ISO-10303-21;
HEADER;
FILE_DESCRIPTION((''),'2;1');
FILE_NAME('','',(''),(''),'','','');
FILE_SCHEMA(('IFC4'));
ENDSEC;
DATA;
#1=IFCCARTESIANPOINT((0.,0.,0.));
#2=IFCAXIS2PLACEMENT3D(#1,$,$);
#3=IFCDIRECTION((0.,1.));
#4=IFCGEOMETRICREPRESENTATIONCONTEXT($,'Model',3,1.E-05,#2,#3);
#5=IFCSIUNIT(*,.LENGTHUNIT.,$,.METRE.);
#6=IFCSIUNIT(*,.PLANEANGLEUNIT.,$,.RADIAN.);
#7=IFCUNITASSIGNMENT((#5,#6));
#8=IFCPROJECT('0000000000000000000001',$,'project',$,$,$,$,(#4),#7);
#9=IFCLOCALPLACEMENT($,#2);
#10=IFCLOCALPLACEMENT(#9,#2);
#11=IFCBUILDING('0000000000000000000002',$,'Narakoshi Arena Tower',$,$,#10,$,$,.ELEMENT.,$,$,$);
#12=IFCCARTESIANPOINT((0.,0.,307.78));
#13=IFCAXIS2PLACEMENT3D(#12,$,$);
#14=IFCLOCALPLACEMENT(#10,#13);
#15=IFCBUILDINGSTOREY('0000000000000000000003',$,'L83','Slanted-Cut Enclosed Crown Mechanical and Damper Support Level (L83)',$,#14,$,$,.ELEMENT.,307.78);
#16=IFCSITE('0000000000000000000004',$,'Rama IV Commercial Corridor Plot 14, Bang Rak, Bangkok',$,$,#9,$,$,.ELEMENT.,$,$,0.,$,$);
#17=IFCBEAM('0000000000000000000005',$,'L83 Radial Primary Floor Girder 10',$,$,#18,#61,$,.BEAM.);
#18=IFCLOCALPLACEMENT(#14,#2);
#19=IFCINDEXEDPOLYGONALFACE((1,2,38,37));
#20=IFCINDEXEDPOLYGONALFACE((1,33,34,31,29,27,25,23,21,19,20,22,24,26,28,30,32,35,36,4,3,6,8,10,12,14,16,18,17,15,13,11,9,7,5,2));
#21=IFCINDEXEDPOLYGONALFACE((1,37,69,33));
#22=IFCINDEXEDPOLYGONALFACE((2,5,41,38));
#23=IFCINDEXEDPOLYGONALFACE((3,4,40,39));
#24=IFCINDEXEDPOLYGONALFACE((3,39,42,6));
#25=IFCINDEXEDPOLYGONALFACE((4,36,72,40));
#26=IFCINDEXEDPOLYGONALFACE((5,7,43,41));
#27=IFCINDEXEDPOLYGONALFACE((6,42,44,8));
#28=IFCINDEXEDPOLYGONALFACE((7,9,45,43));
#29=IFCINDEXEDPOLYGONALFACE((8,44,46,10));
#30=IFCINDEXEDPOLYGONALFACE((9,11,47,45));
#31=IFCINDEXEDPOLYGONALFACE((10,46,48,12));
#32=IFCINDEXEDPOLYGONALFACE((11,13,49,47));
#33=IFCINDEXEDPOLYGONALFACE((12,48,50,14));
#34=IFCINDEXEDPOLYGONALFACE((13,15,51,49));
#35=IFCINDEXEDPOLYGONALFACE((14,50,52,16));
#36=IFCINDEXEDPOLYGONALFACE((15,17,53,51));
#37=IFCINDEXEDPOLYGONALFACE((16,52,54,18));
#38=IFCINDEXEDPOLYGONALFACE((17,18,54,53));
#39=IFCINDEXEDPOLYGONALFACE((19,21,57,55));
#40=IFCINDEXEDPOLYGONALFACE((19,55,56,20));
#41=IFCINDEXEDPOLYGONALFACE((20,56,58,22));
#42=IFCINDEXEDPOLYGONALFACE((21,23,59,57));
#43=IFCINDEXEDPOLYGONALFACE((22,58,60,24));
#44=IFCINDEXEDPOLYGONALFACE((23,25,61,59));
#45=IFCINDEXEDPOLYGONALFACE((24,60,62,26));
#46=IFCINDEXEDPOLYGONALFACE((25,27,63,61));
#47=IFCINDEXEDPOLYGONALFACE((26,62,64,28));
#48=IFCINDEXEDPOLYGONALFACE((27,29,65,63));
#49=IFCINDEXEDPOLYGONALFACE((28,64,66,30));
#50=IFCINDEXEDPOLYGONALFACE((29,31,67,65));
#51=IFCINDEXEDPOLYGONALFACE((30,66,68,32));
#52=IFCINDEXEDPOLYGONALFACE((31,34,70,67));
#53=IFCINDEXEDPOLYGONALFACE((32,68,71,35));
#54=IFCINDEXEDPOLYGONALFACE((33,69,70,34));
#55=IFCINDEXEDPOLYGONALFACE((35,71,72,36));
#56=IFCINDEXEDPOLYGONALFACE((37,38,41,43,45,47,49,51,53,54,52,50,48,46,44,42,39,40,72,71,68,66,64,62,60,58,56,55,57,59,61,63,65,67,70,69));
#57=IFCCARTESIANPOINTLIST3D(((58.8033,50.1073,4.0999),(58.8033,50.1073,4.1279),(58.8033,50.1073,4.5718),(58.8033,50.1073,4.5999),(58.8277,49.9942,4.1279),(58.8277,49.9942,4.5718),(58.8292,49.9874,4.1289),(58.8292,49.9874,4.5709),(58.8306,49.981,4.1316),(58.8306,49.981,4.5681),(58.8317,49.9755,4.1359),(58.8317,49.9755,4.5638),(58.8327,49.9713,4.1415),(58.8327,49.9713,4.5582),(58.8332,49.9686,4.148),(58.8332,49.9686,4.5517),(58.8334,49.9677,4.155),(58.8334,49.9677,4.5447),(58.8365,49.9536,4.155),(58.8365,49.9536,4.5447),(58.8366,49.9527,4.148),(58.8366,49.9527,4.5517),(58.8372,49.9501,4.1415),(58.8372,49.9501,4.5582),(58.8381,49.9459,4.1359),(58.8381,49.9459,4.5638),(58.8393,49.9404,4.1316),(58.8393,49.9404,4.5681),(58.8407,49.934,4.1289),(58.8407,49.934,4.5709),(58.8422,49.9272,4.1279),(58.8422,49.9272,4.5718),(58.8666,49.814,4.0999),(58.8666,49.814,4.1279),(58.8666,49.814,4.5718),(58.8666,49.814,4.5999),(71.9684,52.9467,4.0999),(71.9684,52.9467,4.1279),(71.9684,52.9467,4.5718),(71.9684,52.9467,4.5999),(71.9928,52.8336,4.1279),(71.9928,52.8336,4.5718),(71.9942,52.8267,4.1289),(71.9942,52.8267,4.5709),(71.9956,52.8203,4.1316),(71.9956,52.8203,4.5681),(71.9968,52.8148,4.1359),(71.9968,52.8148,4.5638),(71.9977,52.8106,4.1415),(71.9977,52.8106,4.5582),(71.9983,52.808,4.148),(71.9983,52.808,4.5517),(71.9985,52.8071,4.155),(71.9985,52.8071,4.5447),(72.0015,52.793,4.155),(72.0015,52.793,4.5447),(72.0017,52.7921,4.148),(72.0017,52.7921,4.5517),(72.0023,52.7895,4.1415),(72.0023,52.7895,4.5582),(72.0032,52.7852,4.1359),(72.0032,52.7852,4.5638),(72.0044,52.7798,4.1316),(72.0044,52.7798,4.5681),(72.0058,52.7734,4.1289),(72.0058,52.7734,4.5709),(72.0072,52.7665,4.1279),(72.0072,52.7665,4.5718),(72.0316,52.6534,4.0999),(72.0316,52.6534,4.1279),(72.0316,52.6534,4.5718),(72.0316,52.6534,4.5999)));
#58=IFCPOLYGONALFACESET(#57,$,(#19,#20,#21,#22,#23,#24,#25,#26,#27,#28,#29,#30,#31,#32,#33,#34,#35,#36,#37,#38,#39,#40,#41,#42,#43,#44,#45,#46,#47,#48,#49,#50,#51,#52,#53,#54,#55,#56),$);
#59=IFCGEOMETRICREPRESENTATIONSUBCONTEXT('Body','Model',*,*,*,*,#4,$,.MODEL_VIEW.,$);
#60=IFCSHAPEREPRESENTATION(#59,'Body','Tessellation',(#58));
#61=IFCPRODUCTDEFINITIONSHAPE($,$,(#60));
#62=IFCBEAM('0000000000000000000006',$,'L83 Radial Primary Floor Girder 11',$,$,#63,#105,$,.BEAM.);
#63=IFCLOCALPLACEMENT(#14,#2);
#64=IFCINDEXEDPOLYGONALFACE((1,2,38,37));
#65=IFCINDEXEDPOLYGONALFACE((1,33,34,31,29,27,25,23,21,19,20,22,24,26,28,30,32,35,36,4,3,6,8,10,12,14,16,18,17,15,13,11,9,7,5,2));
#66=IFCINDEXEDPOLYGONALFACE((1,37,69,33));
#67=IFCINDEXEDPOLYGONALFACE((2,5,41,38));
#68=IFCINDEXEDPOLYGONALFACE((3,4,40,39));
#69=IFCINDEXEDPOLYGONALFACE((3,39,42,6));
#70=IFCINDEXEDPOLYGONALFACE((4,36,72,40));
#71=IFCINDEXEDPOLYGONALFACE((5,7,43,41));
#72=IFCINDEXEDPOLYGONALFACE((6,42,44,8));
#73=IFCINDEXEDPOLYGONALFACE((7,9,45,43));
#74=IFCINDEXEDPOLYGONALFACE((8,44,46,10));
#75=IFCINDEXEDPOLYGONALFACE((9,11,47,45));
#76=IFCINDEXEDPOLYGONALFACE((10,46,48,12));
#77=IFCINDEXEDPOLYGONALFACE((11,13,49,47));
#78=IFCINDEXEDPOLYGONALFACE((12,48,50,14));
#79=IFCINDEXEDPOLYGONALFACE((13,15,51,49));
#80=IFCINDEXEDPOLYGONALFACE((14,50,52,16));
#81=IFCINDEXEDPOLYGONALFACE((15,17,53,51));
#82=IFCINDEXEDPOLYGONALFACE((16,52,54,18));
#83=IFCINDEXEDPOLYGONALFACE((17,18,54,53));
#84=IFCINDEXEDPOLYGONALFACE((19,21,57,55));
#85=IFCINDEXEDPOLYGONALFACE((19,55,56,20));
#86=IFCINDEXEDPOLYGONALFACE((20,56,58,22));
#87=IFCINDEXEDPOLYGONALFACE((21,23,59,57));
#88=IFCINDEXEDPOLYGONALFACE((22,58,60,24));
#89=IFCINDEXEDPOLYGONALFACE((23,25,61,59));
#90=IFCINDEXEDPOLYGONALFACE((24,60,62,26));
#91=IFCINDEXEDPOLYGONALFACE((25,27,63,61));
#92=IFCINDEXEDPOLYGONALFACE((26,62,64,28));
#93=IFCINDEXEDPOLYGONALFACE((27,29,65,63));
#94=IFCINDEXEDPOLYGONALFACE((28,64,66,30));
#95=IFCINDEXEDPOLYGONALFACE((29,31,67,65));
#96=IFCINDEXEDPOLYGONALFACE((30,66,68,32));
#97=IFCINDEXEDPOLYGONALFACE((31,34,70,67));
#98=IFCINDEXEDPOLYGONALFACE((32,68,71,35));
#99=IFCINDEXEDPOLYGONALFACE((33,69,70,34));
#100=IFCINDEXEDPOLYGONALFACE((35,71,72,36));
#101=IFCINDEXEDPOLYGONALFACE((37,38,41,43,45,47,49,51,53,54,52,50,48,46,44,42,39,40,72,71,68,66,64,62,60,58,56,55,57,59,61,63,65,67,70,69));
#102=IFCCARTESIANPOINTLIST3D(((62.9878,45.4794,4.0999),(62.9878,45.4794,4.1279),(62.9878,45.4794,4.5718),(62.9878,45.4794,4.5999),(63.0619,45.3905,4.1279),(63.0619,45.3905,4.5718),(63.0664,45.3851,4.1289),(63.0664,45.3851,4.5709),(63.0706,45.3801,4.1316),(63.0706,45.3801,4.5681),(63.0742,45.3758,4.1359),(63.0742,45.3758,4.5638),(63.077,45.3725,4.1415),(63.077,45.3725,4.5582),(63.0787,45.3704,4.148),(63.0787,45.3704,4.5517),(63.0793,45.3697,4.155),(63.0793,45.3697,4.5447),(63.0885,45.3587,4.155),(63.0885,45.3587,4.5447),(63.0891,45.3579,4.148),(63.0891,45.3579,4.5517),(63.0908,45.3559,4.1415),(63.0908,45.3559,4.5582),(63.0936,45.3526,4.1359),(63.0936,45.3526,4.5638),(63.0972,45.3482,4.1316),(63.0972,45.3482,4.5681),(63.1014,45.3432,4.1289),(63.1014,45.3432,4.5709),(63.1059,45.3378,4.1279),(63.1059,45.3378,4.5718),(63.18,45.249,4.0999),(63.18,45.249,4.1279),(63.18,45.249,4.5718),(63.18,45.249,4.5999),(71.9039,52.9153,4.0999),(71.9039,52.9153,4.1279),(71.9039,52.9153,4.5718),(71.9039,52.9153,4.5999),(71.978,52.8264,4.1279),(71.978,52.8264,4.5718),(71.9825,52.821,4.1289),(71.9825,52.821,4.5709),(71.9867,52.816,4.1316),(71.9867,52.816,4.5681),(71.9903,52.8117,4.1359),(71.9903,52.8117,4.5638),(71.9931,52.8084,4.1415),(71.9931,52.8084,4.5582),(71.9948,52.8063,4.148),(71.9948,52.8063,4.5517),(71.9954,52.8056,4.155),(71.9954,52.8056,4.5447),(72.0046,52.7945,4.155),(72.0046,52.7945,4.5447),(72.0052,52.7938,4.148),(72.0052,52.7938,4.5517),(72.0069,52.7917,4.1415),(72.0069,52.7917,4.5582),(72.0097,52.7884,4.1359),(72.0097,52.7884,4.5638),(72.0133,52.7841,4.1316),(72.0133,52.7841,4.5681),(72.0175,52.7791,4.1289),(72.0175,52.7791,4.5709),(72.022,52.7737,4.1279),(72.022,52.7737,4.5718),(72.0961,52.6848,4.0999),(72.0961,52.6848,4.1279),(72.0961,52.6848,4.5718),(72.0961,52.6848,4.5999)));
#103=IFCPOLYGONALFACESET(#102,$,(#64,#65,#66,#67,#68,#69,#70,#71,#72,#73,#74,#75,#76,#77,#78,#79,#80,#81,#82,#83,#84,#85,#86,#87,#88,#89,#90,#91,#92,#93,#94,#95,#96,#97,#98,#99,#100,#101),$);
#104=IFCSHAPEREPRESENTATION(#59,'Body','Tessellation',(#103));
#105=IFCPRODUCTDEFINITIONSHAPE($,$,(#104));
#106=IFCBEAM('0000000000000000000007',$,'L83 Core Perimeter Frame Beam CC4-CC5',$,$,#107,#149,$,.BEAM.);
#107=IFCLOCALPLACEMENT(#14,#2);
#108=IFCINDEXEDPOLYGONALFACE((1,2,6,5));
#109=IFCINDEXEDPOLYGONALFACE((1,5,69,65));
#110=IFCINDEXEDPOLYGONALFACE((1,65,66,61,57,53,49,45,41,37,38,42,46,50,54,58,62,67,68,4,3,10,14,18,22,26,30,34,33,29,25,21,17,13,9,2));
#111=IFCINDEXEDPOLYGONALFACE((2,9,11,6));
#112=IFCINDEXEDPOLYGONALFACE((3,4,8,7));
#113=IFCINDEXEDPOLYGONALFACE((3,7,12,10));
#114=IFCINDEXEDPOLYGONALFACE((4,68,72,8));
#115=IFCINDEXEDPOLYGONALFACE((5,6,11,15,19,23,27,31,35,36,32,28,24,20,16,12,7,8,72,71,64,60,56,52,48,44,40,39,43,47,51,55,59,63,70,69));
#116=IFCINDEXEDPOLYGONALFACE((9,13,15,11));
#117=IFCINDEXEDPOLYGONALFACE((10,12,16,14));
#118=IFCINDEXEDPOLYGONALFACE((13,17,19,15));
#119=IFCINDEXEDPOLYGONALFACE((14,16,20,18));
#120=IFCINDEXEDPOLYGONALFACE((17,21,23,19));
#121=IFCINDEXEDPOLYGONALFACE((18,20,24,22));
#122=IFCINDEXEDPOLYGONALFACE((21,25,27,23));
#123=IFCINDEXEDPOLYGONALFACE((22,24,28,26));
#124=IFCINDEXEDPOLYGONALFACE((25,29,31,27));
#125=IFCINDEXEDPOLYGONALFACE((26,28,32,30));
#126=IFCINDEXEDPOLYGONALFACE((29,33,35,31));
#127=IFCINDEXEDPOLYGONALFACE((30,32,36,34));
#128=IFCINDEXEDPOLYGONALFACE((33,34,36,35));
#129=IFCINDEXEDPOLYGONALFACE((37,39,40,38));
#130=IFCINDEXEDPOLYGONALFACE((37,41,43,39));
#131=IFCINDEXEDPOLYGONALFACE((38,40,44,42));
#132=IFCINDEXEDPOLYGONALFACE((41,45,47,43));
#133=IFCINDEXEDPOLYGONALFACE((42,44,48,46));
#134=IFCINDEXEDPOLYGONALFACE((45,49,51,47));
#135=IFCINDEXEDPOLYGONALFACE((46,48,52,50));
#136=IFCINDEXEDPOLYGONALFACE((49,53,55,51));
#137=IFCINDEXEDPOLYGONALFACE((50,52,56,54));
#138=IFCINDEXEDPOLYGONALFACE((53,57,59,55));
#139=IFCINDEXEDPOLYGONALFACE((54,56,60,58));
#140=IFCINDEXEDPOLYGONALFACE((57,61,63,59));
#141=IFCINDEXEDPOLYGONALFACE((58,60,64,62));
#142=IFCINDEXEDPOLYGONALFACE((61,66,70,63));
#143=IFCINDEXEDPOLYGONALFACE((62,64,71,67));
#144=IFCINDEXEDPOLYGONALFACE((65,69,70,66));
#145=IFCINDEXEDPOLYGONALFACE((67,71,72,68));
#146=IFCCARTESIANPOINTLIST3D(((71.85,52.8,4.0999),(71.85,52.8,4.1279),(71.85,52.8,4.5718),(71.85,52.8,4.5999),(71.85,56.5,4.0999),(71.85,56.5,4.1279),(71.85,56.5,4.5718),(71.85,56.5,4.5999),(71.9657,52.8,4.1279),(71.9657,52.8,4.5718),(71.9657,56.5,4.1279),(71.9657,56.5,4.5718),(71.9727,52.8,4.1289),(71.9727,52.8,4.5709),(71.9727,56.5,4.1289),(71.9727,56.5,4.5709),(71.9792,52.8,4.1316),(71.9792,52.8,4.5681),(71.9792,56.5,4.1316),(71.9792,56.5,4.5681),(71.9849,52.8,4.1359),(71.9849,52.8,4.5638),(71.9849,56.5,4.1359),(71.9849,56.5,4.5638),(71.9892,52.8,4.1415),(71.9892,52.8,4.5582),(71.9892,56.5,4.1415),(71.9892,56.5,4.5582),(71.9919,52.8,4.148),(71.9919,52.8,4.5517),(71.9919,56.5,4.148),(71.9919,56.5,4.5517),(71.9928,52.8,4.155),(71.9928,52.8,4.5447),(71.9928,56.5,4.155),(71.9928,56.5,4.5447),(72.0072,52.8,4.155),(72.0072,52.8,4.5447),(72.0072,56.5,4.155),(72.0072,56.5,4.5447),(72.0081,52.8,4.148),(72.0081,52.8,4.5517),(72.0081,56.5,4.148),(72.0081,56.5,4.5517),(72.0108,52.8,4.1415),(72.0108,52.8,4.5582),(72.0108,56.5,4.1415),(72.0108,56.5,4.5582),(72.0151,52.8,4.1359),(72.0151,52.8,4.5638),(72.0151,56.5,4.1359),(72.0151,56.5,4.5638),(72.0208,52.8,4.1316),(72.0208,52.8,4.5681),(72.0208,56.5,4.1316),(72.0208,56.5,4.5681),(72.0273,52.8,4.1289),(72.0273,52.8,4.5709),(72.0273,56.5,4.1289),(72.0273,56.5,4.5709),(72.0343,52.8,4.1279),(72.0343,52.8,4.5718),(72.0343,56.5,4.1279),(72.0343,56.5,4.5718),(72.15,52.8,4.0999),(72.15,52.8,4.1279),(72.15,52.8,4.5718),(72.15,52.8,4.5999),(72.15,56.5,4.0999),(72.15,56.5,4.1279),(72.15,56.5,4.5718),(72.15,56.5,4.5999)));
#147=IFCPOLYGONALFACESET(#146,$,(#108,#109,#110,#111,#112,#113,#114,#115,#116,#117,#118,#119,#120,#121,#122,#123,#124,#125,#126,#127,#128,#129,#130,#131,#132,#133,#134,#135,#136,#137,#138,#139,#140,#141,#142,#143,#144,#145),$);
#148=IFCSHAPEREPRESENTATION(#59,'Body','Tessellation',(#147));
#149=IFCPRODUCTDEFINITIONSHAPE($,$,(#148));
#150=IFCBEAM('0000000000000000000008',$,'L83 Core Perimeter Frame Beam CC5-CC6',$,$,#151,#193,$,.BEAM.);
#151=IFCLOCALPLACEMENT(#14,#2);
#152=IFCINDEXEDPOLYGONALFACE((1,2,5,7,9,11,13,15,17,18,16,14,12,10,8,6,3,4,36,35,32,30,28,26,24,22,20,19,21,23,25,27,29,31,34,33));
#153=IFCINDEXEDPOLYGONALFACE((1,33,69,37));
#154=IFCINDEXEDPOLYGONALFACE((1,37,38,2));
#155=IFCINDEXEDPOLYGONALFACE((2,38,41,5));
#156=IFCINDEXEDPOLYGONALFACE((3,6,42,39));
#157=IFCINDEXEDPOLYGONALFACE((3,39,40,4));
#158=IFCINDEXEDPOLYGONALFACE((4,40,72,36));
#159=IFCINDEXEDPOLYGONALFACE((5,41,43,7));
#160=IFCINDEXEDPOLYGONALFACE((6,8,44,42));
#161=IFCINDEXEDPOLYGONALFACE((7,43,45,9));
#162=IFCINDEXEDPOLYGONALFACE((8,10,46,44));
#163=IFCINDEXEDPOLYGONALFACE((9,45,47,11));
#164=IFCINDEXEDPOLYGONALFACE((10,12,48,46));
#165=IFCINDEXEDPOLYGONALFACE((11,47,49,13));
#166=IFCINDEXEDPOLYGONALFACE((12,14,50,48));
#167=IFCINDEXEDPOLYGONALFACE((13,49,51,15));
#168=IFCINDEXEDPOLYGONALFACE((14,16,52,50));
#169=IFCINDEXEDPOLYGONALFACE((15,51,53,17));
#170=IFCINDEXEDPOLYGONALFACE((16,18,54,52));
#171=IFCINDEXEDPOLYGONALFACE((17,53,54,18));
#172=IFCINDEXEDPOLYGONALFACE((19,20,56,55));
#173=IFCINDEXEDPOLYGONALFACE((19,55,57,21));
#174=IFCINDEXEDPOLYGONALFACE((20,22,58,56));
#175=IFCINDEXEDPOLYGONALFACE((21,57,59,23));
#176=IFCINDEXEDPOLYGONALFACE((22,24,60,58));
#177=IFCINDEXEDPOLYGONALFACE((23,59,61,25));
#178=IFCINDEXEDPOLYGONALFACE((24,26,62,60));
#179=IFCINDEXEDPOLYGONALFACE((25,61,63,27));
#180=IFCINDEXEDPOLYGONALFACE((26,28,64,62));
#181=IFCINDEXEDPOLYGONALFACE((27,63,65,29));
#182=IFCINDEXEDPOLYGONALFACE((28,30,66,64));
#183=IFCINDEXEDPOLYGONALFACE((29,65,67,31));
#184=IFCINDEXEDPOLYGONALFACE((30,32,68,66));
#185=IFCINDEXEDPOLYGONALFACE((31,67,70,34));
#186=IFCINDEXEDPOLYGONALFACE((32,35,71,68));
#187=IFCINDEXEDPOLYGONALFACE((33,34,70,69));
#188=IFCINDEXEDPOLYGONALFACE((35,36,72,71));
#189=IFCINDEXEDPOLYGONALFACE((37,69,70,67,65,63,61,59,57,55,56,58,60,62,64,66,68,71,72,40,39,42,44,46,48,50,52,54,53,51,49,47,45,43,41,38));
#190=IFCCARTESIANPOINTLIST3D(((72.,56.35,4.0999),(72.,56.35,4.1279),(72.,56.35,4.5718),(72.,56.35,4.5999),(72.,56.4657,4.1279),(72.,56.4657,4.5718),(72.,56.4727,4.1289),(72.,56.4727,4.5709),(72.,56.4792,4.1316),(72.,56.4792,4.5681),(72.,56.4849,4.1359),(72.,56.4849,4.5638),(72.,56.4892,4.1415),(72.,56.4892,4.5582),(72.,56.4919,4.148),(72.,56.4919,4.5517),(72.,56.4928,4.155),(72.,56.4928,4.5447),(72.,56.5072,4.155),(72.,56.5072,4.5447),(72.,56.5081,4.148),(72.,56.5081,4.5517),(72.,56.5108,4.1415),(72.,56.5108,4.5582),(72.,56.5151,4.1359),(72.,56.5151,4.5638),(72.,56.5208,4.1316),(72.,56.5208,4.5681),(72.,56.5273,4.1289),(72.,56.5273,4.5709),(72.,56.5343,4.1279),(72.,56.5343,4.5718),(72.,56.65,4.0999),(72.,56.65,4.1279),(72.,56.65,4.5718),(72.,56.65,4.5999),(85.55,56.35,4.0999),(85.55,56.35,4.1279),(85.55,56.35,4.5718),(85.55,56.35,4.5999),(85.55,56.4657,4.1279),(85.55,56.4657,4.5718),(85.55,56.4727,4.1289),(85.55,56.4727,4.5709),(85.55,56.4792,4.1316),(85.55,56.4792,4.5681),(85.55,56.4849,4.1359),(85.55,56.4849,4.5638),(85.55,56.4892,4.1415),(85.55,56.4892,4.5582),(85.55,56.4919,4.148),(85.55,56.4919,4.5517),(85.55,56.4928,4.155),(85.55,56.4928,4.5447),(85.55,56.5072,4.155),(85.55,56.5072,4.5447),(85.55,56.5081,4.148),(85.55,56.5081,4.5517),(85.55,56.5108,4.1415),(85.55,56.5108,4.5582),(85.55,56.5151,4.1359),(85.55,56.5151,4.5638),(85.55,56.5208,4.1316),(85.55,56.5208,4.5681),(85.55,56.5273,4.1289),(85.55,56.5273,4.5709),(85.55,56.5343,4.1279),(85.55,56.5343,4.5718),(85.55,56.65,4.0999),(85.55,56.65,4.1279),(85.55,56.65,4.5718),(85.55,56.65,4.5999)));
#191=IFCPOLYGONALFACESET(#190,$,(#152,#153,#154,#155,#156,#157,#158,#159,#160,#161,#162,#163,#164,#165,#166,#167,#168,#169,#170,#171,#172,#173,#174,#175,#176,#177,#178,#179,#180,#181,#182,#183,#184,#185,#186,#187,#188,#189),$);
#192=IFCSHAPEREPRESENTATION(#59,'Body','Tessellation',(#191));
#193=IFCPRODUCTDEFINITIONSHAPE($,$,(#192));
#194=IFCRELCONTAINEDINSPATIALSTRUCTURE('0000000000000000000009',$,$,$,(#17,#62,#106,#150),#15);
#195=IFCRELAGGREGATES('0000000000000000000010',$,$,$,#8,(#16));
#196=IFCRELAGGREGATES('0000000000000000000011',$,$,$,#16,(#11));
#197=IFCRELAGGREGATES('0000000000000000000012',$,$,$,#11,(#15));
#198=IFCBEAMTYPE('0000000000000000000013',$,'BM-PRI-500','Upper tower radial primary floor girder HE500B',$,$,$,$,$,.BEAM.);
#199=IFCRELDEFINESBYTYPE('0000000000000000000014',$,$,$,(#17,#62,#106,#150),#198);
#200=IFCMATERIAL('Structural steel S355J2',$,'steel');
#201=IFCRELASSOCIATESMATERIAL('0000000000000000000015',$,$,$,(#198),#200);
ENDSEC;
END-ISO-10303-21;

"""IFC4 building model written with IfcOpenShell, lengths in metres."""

from ifc_helpers import new_model, si_unit, direction, frame, origin, origin_2d, place, context, subcontext, project, spatial, i_section, extrude, material, material_profile, profile_set, type_object, element, save


model = new_model("IFC4")

# Units and contexts
model_context = context("Model", 3, precision=1e-05, world=origin(), true_north=direction((0.0, 1.0)))
body_context = subcontext(model_context, "Body", "Model", "MODEL_VIEW")
ifc_project = project(units=[si_unit("LENGTHUNIT", "METRE"), si_unit("PLANEANGLEUNIT", "RADIAN")], contexts=[model_context])

# Site, building, storey
site_placement = place(None, origin())
site = spatial("IfcSite", under=ifc_project, at=site_placement, Name="Rama IV Commercial Corridor Plot 14, Bang Rak, Bangkok", CompositionType="ELEMENT", RefElevation=0.0)
building_placement = place(site_placement, origin())
building = spatial("IfcBuilding", under=site, at=building_placement, Name="Narakoshi Arena Tower", CompositionType="ELEMENT")
storey_placement = place(building_placement, frame((0.0, 0.0, 307.78)))
storey = spatial("IfcBuildingStorey", under=building, at=storey_placement, Name="L83", Description="Slanted-Cut Enclosed Crown Mechanical and Damper Support Level (L83)", CompositionType="ELEMENT", Elevation=307.78)

# Shared definitions
ifc_material_1 = material(Name="Structural steel S355J2", Category="steel")

# Beams
ifc_material_profile_1 = material_profile(ifc_material_1, i_section(OverallWidth=0.3, OverallDepth=0.5, WebThickness=0.0144, FlangeThickness=0.0281, FilletRadius=0.0271, at=origin_2d()), Name="HE500B")
ifc_profile_set_1 = profile_set([ifc_material_profile_1], Name="Structural steel S355J2")
beam_type = type_object("IfcBeamType", Name="BM-PRI-500", Description="Upper tower radial primary floor girder HE500B", PredefinedType="BEAM", material=ifc_profile_set_1)
beam_1_placement = place(storey_placement, frame((72.0, 52.8, 4.3499), z_axis=(-0.977524, -0.210826, 0.0), x_axis=(0.210826, -0.977524, 0.0)))
element("IfcBeam", 1, at=beam_1_placement, inside=storey, type_object=beam_type, Name="L83 Radial Primary Floor Girder 10", PredefinedType="BEAM", context=body_context, shape_type="SweptSolid", body=[
    extrude(i_section(OverallWidth=0.3, OverallDepth=0.5, WebThickness=0.0144, FlangeThickness=0.0281, FilletRadius=0.0271, at=origin_2d()), origin(), (0.0, 0.0, 1.0), 13.4678),
])
beam_2_placement = place(storey_placement, frame((72.0, 52.8, 4.3499), z_axis=(-0.767976, -0.640478, 0.0), x_axis=(0.640478, -0.767976, 0.0)))
element("IfcBeam", 2, at=beam_2_placement, inside=storey, type_object=beam_type, Name="L83 Radial Primary Floor Girder 11", PredefinedType="BEAM", context=body_context, shape_type="SweptSolid", body=[
    extrude(i_section(OverallWidth=0.3, OverallDepth=0.5, WebThickness=0.0144, FlangeThickness=0.0281, FilletRadius=0.0271, at=origin_2d()), origin(), (0.0, 0.0, 1.0), 11.6099),
])
beam_3_placement = place(storey_placement, frame((72.0, 52.8, 4.3499), z_axis=(0.0, 1.0, 0.0), x_axis=(-1.0, 0.0, 0.0)))
element("IfcBeam", 3, at=beam_3_placement, inside=storey, type_object=beam_type, Name="L83 Core Perimeter Frame Beam CC4-CC5", PredefinedType="BEAM", context=body_context, shape_type="SweptSolid", body=[
    extrude(i_section(OverallWidth=0.3, OverallDepth=0.5, WebThickness=0.0144, FlangeThickness=0.0281, FilletRadius=0.0271, at=origin_2d()), origin(), (0.0, 0.0, 1.0), 3.7),
])
beam_4_placement = place(storey_placement, frame((72.0, 56.5, 4.3499), z_axis=(1.0, 0.0, 0.0), x_axis=(0.0, 1.0, 0.0)))
element("IfcBeam", 4, at=beam_4_placement, inside=storey, type_object=beam_type, Name="L83 Core Perimeter Frame Beam CC5-CC6", PredefinedType="BEAM", context=body_context, shape_type="SweptSolid", body=[
    extrude(i_section(OverallWidth=0.3, OverallDepth=0.5, WebThickness=0.0144, FlangeThickness=0.0281, FilletRadius=0.0271, at=origin_2d()), origin(), (0.0, 0.0, 1.0), 13.55),
])

save(model, "model.ifc")
